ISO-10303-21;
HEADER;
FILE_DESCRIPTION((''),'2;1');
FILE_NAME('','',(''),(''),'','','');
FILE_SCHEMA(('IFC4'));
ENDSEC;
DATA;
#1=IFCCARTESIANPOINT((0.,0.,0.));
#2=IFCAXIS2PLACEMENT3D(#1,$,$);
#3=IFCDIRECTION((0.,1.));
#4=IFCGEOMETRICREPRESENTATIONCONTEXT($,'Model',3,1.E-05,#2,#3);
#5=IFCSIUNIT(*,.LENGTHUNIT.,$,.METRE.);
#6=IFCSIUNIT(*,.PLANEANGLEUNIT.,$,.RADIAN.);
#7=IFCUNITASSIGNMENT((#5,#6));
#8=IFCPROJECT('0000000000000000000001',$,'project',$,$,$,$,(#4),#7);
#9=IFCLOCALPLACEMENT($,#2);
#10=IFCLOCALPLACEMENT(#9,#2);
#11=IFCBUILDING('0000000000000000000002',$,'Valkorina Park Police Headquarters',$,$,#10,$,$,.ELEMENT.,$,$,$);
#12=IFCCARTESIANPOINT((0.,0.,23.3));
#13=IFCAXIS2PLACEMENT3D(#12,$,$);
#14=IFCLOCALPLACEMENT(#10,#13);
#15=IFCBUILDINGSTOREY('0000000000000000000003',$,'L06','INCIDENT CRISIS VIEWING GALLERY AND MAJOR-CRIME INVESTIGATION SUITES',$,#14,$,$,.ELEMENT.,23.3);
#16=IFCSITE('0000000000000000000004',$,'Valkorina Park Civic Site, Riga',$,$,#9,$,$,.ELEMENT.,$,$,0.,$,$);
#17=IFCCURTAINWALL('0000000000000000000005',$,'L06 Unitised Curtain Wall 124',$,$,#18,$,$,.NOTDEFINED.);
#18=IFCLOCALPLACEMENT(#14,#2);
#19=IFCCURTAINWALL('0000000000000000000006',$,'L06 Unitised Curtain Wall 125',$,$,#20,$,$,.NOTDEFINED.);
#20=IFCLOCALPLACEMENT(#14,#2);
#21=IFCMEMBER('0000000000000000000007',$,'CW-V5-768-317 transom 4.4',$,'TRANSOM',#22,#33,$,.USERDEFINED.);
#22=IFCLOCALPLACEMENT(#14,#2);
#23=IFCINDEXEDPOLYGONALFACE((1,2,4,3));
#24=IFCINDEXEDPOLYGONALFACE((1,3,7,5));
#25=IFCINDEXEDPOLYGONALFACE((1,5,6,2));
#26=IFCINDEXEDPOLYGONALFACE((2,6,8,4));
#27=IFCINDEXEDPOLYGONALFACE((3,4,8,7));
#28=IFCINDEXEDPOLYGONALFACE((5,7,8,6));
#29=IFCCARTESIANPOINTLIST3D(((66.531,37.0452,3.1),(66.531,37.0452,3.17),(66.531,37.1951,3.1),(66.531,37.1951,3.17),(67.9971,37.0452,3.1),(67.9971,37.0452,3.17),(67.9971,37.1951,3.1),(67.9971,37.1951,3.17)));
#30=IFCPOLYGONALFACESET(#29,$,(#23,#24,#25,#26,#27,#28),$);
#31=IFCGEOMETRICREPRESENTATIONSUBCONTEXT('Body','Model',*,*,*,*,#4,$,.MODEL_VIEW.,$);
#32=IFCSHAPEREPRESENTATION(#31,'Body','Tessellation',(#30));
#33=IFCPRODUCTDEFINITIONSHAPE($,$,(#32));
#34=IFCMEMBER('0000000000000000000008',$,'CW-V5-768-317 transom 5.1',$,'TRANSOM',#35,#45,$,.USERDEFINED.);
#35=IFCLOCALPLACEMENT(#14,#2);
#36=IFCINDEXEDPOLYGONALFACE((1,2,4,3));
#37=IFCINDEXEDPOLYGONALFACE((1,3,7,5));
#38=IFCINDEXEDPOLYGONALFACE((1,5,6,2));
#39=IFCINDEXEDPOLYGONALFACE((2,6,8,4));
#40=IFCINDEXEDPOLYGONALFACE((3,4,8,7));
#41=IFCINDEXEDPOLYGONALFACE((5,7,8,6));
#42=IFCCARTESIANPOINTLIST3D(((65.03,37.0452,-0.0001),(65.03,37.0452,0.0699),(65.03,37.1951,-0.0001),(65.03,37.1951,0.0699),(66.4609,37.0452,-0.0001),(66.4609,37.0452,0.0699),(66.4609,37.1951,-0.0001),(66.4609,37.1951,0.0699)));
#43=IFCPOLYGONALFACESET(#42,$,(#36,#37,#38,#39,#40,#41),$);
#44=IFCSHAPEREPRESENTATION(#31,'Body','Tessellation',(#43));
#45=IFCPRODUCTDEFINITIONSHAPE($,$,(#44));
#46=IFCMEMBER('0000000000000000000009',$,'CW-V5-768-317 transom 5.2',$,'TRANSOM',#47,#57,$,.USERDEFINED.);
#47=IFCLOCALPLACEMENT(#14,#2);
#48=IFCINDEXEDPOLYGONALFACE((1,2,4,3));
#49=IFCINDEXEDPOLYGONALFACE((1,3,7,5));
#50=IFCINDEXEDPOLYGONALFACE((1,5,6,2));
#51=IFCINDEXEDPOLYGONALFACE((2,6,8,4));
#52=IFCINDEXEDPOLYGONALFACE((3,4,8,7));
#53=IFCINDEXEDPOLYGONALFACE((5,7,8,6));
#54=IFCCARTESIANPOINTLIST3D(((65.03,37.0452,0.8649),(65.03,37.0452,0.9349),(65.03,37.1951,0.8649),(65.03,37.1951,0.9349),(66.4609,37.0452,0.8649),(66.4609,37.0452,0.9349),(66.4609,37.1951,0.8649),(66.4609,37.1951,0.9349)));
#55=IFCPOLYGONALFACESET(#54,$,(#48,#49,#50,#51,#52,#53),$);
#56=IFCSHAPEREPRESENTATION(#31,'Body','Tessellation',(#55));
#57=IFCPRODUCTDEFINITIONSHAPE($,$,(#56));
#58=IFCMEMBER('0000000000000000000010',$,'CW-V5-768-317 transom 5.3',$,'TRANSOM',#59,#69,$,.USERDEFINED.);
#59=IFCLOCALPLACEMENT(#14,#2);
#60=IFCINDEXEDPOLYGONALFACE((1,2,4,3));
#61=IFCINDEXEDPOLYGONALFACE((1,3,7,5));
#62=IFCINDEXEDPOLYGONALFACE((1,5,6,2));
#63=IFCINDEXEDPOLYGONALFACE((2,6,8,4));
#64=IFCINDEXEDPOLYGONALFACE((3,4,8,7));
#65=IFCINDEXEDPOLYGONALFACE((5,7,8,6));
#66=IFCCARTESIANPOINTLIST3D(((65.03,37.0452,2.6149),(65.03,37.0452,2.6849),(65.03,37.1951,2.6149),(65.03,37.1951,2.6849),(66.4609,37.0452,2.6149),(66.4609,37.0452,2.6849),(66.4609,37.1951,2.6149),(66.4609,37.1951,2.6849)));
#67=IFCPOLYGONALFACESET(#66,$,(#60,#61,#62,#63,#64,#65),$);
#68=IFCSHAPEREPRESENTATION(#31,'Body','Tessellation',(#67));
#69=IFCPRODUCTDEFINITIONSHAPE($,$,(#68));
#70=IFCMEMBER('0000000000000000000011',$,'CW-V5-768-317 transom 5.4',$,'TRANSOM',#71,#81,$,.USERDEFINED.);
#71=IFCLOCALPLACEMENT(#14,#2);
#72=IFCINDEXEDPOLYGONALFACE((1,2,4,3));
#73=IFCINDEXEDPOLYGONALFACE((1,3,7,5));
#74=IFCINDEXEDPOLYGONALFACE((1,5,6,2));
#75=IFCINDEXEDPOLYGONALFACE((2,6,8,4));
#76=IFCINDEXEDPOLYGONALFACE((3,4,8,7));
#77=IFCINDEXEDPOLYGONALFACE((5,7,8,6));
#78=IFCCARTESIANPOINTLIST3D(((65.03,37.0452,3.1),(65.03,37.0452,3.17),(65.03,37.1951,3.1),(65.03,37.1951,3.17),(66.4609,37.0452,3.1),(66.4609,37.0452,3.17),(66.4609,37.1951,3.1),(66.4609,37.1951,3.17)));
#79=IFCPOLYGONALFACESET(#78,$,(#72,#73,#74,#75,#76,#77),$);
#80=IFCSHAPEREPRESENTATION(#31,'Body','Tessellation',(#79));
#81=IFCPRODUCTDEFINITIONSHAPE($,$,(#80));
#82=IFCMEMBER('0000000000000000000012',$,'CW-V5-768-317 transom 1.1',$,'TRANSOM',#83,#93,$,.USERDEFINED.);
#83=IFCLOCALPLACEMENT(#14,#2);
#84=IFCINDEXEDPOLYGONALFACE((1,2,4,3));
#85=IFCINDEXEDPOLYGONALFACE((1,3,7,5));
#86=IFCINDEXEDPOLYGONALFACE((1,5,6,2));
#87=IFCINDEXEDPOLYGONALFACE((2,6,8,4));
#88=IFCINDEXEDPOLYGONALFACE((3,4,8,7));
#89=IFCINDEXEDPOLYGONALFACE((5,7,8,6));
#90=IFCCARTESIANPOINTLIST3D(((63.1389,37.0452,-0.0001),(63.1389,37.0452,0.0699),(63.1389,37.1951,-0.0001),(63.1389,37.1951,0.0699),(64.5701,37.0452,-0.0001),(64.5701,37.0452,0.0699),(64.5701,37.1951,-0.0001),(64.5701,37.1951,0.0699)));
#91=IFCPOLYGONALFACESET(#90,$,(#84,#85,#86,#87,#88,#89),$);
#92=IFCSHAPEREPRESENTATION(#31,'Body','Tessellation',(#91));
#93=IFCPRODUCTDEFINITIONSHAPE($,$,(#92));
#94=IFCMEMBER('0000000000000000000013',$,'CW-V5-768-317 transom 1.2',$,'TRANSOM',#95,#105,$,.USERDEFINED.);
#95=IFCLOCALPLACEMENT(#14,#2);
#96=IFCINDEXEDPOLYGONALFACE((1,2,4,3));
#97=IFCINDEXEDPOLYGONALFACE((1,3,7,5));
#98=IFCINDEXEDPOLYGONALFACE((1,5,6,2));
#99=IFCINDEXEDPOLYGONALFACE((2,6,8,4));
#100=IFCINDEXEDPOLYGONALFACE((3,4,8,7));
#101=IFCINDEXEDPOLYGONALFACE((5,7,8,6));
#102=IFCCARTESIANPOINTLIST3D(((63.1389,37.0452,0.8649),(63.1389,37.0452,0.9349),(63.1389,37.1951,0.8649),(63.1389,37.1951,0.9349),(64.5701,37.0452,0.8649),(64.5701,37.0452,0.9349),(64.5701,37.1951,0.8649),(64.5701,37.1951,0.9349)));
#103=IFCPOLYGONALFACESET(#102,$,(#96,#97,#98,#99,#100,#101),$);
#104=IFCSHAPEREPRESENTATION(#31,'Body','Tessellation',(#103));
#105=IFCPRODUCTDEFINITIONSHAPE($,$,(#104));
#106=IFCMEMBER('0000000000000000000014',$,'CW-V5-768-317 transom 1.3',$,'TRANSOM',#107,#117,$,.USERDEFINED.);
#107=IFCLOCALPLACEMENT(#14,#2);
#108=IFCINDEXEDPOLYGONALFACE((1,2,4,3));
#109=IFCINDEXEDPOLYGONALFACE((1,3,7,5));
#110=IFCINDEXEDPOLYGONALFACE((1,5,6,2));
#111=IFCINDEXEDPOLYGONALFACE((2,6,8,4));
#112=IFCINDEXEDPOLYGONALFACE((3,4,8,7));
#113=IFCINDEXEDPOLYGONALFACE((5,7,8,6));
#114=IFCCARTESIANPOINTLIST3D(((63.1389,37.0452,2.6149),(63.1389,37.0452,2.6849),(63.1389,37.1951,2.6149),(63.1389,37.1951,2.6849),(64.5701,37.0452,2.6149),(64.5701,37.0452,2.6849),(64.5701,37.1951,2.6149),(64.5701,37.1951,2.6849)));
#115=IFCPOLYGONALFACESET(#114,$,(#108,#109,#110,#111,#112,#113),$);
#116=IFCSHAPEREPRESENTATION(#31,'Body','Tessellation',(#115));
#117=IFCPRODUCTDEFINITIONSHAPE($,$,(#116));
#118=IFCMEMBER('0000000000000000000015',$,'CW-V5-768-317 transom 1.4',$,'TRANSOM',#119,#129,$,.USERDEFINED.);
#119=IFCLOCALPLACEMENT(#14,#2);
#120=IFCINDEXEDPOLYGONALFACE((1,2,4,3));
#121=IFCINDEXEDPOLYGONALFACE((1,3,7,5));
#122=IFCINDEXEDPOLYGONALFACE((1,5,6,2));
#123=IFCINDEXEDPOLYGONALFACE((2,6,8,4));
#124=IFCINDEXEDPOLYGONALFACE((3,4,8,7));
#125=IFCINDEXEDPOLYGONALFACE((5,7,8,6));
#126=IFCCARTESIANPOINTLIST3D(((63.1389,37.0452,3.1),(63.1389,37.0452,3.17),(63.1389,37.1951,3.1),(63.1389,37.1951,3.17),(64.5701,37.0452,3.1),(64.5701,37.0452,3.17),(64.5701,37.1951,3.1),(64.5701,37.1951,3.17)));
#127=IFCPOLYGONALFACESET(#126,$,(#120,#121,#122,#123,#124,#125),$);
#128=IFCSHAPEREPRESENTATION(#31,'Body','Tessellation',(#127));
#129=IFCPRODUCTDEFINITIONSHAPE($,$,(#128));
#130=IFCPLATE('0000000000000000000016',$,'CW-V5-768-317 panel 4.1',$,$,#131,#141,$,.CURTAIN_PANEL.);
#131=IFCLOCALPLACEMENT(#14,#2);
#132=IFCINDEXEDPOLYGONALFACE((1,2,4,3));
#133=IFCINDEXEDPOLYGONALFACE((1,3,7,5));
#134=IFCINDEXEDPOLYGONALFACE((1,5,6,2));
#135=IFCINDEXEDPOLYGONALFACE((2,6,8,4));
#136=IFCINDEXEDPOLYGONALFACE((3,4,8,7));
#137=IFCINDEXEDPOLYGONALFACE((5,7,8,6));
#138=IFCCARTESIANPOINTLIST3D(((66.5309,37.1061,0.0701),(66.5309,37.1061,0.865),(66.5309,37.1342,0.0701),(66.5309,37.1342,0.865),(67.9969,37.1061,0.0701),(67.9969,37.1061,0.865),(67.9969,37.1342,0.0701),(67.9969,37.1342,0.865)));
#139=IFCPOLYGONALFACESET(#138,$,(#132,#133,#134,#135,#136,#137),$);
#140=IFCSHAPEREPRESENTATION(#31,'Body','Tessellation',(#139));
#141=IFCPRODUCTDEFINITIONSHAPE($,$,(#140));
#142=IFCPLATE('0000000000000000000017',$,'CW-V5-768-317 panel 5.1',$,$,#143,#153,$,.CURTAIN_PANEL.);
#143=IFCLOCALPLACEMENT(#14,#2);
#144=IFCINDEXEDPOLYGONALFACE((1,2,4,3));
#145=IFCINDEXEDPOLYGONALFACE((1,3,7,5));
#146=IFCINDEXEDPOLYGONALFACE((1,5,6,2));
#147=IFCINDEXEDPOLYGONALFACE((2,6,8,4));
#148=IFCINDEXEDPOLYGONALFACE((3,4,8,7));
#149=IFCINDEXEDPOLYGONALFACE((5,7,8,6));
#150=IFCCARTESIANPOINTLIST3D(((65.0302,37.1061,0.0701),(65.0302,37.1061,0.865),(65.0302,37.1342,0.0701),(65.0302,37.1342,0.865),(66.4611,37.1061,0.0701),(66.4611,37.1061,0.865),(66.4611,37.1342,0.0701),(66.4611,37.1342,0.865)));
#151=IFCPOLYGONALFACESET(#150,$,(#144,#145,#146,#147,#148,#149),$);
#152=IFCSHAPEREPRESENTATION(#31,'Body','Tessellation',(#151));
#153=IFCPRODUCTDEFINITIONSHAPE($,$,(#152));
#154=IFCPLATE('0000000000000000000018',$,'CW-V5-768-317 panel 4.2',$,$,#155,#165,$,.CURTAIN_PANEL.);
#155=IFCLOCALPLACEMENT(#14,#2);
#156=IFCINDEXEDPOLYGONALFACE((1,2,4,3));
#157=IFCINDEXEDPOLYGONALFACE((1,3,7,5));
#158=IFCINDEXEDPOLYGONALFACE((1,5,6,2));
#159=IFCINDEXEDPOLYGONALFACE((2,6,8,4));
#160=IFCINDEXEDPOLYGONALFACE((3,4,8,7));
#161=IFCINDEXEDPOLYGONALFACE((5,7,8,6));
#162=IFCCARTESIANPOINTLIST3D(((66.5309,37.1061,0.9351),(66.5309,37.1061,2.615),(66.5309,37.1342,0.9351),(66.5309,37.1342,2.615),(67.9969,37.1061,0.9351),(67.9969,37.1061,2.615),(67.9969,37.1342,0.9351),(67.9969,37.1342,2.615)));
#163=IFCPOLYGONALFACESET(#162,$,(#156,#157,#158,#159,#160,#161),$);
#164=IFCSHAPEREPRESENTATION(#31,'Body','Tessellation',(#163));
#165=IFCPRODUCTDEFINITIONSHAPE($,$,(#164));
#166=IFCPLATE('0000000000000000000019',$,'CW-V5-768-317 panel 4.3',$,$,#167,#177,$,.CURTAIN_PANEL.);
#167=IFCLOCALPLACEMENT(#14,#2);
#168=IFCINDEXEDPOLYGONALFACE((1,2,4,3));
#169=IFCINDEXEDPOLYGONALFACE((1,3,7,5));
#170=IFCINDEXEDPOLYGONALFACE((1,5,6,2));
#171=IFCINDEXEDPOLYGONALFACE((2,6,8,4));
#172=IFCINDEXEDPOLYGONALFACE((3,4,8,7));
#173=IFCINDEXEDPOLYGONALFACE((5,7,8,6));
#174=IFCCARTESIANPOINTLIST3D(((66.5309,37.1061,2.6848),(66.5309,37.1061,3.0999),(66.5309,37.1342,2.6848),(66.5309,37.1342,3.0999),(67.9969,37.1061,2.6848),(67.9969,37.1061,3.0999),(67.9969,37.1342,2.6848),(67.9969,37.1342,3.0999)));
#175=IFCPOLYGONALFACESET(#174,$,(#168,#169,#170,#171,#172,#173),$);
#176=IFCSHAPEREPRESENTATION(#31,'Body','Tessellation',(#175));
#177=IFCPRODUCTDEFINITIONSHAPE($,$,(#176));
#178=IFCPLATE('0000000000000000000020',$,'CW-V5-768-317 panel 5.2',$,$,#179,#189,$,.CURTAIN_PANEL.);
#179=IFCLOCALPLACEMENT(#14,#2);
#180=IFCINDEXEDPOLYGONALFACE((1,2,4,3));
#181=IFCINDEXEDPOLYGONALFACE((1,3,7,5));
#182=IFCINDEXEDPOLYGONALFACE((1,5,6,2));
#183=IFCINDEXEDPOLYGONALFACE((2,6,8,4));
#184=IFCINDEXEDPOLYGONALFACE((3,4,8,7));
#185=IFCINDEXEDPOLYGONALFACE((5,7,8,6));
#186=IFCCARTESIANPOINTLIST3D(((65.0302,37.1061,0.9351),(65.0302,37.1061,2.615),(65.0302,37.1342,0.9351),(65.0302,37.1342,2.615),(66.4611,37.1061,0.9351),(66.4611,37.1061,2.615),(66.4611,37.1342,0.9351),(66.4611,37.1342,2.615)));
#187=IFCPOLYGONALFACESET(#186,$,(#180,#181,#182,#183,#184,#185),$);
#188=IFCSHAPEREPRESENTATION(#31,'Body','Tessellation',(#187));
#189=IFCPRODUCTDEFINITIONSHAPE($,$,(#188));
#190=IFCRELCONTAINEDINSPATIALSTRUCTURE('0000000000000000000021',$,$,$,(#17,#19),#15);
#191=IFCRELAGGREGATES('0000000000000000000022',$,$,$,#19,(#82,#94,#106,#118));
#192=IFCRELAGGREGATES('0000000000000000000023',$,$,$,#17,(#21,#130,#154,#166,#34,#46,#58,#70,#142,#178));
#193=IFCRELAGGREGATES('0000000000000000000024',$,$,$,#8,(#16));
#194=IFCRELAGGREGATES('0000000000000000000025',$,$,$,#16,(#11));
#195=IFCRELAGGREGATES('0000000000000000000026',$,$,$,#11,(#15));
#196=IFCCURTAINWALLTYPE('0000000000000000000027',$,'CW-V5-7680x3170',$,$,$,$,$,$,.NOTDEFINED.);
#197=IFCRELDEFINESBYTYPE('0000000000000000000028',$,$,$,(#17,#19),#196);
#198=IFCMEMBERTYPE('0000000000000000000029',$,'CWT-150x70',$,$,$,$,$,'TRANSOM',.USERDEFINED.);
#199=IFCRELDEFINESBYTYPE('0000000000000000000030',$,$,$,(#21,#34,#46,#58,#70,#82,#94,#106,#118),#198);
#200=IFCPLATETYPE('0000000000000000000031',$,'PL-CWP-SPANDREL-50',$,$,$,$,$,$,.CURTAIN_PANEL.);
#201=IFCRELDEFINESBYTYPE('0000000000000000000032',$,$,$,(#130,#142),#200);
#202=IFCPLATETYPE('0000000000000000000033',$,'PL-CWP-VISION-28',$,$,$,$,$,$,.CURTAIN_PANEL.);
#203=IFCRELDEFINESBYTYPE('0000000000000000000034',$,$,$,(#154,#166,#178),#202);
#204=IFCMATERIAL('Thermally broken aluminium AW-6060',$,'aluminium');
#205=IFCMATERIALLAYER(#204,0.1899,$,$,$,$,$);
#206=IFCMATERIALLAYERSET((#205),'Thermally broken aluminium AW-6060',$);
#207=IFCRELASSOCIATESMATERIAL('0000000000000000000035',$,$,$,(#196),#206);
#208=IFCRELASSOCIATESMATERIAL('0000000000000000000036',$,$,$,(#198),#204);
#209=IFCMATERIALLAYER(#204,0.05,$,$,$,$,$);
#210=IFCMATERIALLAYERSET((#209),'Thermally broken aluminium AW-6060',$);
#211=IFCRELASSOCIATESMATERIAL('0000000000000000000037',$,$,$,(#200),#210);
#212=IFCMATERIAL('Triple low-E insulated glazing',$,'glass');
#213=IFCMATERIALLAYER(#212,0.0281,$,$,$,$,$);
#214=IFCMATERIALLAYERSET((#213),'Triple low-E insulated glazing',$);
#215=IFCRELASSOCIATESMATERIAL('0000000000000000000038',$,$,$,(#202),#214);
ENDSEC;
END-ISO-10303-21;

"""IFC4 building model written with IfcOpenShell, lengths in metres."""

from ifc_helpers import new_model, si_unit, direction, frame, origin, origin_2d, place, context, subcontext, project, spatial, rectangle, extrude, material, layer, layer_set, material_profile, profile_set, type_object, element, aggregate, save


model = new_model("IFC4")

# Units and contexts
model_context = context("Model", 3, precision=1e-05, world=origin(), true_north=direction((0.0, 1.0)))
body_context = subcontext(model_context, "Body", "Model", "MODEL_VIEW")
ifc_project = project(units=[si_unit("LENGTHUNIT", "METRE"), si_unit("PLANEANGLEUNIT", "RADIAN")], contexts=[model_context])

# Site, building, storey
site_placement = place(None, origin())
site = spatial("IfcSite", under=ifc_project, at=site_placement, Name="Valkorina Park Civic Site, Riga", CompositionType="ELEMENT", RefElevation=0.0)
building_placement = place(site_placement, origin())
building = spatial("IfcBuilding", under=site, at=building_placement, Name="Valkorina Park Police Headquarters", CompositionType="ELEMENT")
storey_placement = place(building_placement, frame((0.0, 0.0, 23.3)))
storey = spatial("IfcBuildingStorey", under=building, at=storey_placement, Name="L06", Description="INCIDENT CRISIS VIEWING GALLERY AND MAJOR-CRIME INVESTIGATION SUITES", CompositionType="ELEMENT", Elevation=23.3)

# Curtain wall
ifc_material_1 = material(Name="Thermally broken aluminium AW-6060", Category="aluminium")
ifc_layer_1 = layer(ifc_material_1, 0.1899)
ifc_layer_set_1 = layer_set([ifc_layer_1], Name="Thermally broken aluminium AW-6060")
curtain_wall_type = type_object("IfcCurtainWallType", Name="CW-V5-7680x3170", PredefinedType="NOTDEFINED", material=ifc_layer_set_1)
curtain_wall_1_placement = place(storey_placement, origin())
curtain_wall_1 = element("IfcCurtainWall", 1, at=curtain_wall_1_placement, inside=storey, type_object=curtain_wall_type, Name="L06 Unitised Curtain Wall 124", PredefinedType="NOTDEFINED")

# Curtain wall
curtain_wall_2_placement = place(storey_placement, origin())
curtain_wall_2 = element("IfcCurtainWall", 2, at=curtain_wall_2_placement, inside=storey, type_object=curtain_wall_type, Name="L06 Unitised Curtain Wall 125", PredefinedType="NOTDEFINED")

# Members
ifc_material_profile_1 = material_profile(ifc_material_1, rectangle(XDim=0.1499, YDim=0.0701, at=origin_2d()), Name="CWT-02 150x70")
ifc_profile_set_1 = profile_set([ifc_material_profile_1], Name="Thermally broken aluminium AW-6060")
member_type_1 = type_object("IfcMemberType", Name="CWT-150x70", ElementType="TRANSOM", PredefinedType="USERDEFINED", material=ifc_profile_set_1)
member_1_placement = place(storey_placement, frame((67.9971, 37.1201, 3.135), z_axis=(-1.0, 0.0, 0.0), x_axis=(0.0, -1.0, 0.0)))
member_1 = element("IfcMember", 3, at=member_1_placement, type_object=member_type_1, Name="CW-V5-768-317 transom 4.4", ObjectType="TRANSOM", PredefinedType="USERDEFINED", context=body_context, shape_type="SweptSolid", body=[
    extrude(rectangle(XDim=0.1499, YDim=0.0701, at=origin_2d()), origin(), (0.0, 0.0, 1.0), 1.4661),
])
member_2_placement = place(storey_placement, frame((66.4609, 37.1201, 0.0349), z_axis=(-1.0, 0.0, 0.0), x_axis=(0.0, -1.0, 0.0)))
member_2 = element("IfcMember", 4, at=member_2_placement, type_object=member_type_1, Name="CW-V5-768-317 transom 5.1", ObjectType="TRANSOM", PredefinedType="USERDEFINED", context=body_context, shape_type="SweptSolid", body=[
    extrude(rectangle(XDim=0.1499, YDim=0.0701, at=origin_2d()), origin(), (0.0, 0.0, 1.0), 1.4309),
])
member_3_placement = place(storey_placement, frame((66.4609, 37.1201, 0.8999), z_axis=(-1.0, 0.0, 0.0), x_axis=(0.0, -1.0, 0.0)))
member_3 = element("IfcMember", 5, at=member_3_placement, type_object=member_type_1, Name="CW-V5-768-317 transom 5.2", ObjectType="TRANSOM", PredefinedType="USERDEFINED", context=body_context, shape_type="SweptSolid", body=[
    extrude(rectangle(XDim=0.1499, YDim=0.0701, at=origin_2d()), origin(), (0.0, 0.0, 1.0), 1.4309),
])
member_4_placement = place(storey_placement, frame((66.4609, 37.1201, 2.6499), z_axis=(-1.0, 0.0, 0.0), x_axis=(0.0, -1.0, 0.0)))
member_4 = element("IfcMember", 6, at=member_4_placement, type_object=member_type_1, Name="CW-V5-768-317 transom 5.3", ObjectType="TRANSOM", PredefinedType="USERDEFINED", context=body_context, shape_type="SweptSolid", body=[
    extrude(rectangle(XDim=0.1499, YDim=0.0701, at=origin_2d()), origin(), (0.0, 0.0, 1.0), 1.4309),
])
member_5_placement = place(storey_placement, frame((66.4609, 37.1201, 3.135), z_axis=(-1.0, 0.0, 0.0), x_axis=(0.0, -1.0, 0.0)))
member_5 = element("IfcMember", 7, at=member_5_placement, type_object=member_type_1, Name="CW-V5-768-317 transom 5.4", ObjectType="TRANSOM", PredefinedType="USERDEFINED", context=body_context, shape_type="SweptSolid", body=[
    extrude(rectangle(XDim=0.1499, YDim=0.0701, at=origin_2d()), origin(), (0.0, 0.0, 1.0), 1.4309),
])
member_6_placement = place(storey_placement, frame((64.5701, 37.1201, 0.0349), z_axis=(-1.0, 0.0, 0.0), x_axis=(0.0, -1.0, 0.0)))
member_6 = element("IfcMember", 8, at=member_6_placement, type_object=member_type_1, Name="CW-V5-768-317 transom 1.1", ObjectType="TRANSOM", PredefinedType="USERDEFINED", context=body_context, shape_type="SweptSolid", body=[
    extrude(rectangle(XDim=0.1499, YDim=0.0701, at=origin_2d()), origin(), (0.0, 0.0, 1.0), 1.4312),
])
member_7_placement = place(storey_placement, frame((64.5701, 37.1201, 0.8999), z_axis=(-1.0, 0.0, 0.0), x_axis=(0.0, -1.0, 0.0)))
member_7 = element("IfcMember", 9, at=member_7_placement, type_object=member_type_1, Name="CW-V5-768-317 transom 1.2", ObjectType="TRANSOM", PredefinedType="USERDEFINED", context=body_context, shape_type="SweptSolid", body=[
    extrude(rectangle(XDim=0.1499, YDim=0.0701, at=origin_2d()), origin(), (0.0, 0.0, 1.0), 1.4312),
])
member_8_placement = place(storey_placement, frame((64.5701, 37.1201, 2.6499), z_axis=(-1.0, 0.0, 0.0), x_axis=(0.0, -1.0, 0.0)))
member_8 = element("IfcMember", 10, at=member_8_placement, type_object=member_type_1, Name="CW-V5-768-317 transom 1.3", ObjectType="TRANSOM", PredefinedType="USERDEFINED", context=body_context, shape_type="SweptSolid", body=[
    extrude(rectangle(XDim=0.1499, YDim=0.0701, at=origin_2d()), origin(), (0.0, 0.0, 1.0), 1.4312),
])
member_9_placement = place(storey_placement, frame((64.5701, 37.1201, 3.135), z_axis=(-1.0, 0.0, 0.0), x_axis=(0.0, -1.0, 0.0)))
member_9 = element("IfcMember", 11, at=member_9_placement, type_object=member_type_1, Name="CW-V5-768-317 transom 1.4", ObjectType="TRANSOM", PredefinedType="USERDEFINED", context=body_context, shape_type="SweptSolid", body=[
    extrude(rectangle(XDim=0.1499, YDim=0.0701, at=origin_2d()), origin(), (0.0, 0.0, 1.0), 1.4312),
])
aggregate(curtain_wall_2, [member_6, member_7, member_8, member_9])

# Plates
ifc_layer_2 = layer(ifc_material_1, 0.05)
ifc_layer_set_2 = layer_set([ifc_layer_2], Name="Thermally broken aluminium AW-6060")
plate_type_1 = type_object("IfcPlateType", Name="PL-CWP-SPANDREL-50", PredefinedType="CURTAIN_PANEL", material=ifc_layer_set_2)
plate_1_placement = place(storey_placement, frame((67.2639, 37.1201, 0.0701), z_axis=(0.0, 0.0, 1.0), x_axis=(-1.0, 0.0, 0.0)))
plate_1 = element("IfcPlate", 12, at=plate_1_placement, type_object=plate_type_1, Name="CW-V5-768-317 panel 4.1", PredefinedType="CURTAIN_PANEL", context=body_context, shape_type="SweptSolid", body=[
    extrude(rectangle(XDim=1.4661, YDim=0.0281, at=origin_2d()), origin(), (0.0, 0.0, 1.0), 0.7949),
])
plate_2_placement = place(storey_placement, frame((65.7456, 37.1201, 0.0701), z_axis=(0.0, 0.0, 1.0), x_axis=(-1.0, 0.0, 0.0)))
plate_2 = element("IfcPlate", 13, at=plate_2_placement, type_object=plate_type_1, Name="CW-V5-768-317 panel 5.1", PredefinedType="CURTAIN_PANEL", context=body_context, shape_type="SweptSolid", body=[
    extrude(rectangle(XDim=1.4309, YDim=0.0281, at=origin_2d()), origin(), (0.0, 0.0, 1.0), 0.7949),
])
ifc_material_2 = material(Name="Triple low-E insulated glazing", Category="glass")
ifc_layer_3 = layer(ifc_material_2, 0.0281)
ifc_layer_set_3 = layer_set([ifc_layer_3], Name="Triple low-E insulated glazing")
plate_type_2 = type_object("IfcPlateType", Name="PL-CWP-VISION-28", PredefinedType="CURTAIN_PANEL", material=ifc_layer_set_3)
plate_3_placement = place(storey_placement, frame((67.2639, 37.1201, 0.9351), z_axis=(0.0, 0.0, 1.0), x_axis=(-1.0, 0.0, 0.0)))
plate_3 = element("IfcPlate", 14, at=plate_3_placement, type_object=plate_type_2, Name="CW-V5-768-317 panel 4.2", PredefinedType="CURTAIN_PANEL", context=body_context, shape_type="SweptSolid", body=[
    extrude(rectangle(XDim=1.4661, YDim=0.0281, at=origin_2d()), origin(), (0.0, 0.0, 1.0), 1.6799),
])
plate_4_placement = place(storey_placement, frame((67.2639, 37.1201, 2.6848), z_axis=(0.0, 0.0, 1.0), x_axis=(-1.0, 0.0, 0.0)))
plate_4 = element("IfcPlate", 15, at=plate_4_placement, type_object=plate_type_2, Name="CW-V5-768-317 panel 4.3", PredefinedType="CURTAIN_PANEL", context=body_context, shape_type="SweptSolid", body=[
    extrude(rectangle(XDim=1.4661, YDim=0.0281, at=origin_2d()), origin(), (0.0, 0.0, 1.0), 0.415),
])
plate_5_placement = place(storey_placement, frame((65.7456, 37.1201, 0.9351), z_axis=(0.0, 0.0, 1.0), x_axis=(-1.0, 0.0, 0.0)))
plate_5 = element("IfcPlate", 16, at=plate_5_placement, type_object=plate_type_2, Name="CW-V5-768-317 panel 5.2", PredefinedType="CURTAIN_PANEL", context=body_context, shape_type="SweptSolid", body=[
    extrude(rectangle(XDim=1.4309, YDim=0.0281, at=origin_2d()), origin(), (0.0, 0.0, 1.0), 1.6799),
])
aggregate(curtain_wall_1, [member_1, plate_1, plate_3, plate_4, member_2, member_3, member_4, member_5, plate_2, plate_5])

save(model, "model.ifc")
